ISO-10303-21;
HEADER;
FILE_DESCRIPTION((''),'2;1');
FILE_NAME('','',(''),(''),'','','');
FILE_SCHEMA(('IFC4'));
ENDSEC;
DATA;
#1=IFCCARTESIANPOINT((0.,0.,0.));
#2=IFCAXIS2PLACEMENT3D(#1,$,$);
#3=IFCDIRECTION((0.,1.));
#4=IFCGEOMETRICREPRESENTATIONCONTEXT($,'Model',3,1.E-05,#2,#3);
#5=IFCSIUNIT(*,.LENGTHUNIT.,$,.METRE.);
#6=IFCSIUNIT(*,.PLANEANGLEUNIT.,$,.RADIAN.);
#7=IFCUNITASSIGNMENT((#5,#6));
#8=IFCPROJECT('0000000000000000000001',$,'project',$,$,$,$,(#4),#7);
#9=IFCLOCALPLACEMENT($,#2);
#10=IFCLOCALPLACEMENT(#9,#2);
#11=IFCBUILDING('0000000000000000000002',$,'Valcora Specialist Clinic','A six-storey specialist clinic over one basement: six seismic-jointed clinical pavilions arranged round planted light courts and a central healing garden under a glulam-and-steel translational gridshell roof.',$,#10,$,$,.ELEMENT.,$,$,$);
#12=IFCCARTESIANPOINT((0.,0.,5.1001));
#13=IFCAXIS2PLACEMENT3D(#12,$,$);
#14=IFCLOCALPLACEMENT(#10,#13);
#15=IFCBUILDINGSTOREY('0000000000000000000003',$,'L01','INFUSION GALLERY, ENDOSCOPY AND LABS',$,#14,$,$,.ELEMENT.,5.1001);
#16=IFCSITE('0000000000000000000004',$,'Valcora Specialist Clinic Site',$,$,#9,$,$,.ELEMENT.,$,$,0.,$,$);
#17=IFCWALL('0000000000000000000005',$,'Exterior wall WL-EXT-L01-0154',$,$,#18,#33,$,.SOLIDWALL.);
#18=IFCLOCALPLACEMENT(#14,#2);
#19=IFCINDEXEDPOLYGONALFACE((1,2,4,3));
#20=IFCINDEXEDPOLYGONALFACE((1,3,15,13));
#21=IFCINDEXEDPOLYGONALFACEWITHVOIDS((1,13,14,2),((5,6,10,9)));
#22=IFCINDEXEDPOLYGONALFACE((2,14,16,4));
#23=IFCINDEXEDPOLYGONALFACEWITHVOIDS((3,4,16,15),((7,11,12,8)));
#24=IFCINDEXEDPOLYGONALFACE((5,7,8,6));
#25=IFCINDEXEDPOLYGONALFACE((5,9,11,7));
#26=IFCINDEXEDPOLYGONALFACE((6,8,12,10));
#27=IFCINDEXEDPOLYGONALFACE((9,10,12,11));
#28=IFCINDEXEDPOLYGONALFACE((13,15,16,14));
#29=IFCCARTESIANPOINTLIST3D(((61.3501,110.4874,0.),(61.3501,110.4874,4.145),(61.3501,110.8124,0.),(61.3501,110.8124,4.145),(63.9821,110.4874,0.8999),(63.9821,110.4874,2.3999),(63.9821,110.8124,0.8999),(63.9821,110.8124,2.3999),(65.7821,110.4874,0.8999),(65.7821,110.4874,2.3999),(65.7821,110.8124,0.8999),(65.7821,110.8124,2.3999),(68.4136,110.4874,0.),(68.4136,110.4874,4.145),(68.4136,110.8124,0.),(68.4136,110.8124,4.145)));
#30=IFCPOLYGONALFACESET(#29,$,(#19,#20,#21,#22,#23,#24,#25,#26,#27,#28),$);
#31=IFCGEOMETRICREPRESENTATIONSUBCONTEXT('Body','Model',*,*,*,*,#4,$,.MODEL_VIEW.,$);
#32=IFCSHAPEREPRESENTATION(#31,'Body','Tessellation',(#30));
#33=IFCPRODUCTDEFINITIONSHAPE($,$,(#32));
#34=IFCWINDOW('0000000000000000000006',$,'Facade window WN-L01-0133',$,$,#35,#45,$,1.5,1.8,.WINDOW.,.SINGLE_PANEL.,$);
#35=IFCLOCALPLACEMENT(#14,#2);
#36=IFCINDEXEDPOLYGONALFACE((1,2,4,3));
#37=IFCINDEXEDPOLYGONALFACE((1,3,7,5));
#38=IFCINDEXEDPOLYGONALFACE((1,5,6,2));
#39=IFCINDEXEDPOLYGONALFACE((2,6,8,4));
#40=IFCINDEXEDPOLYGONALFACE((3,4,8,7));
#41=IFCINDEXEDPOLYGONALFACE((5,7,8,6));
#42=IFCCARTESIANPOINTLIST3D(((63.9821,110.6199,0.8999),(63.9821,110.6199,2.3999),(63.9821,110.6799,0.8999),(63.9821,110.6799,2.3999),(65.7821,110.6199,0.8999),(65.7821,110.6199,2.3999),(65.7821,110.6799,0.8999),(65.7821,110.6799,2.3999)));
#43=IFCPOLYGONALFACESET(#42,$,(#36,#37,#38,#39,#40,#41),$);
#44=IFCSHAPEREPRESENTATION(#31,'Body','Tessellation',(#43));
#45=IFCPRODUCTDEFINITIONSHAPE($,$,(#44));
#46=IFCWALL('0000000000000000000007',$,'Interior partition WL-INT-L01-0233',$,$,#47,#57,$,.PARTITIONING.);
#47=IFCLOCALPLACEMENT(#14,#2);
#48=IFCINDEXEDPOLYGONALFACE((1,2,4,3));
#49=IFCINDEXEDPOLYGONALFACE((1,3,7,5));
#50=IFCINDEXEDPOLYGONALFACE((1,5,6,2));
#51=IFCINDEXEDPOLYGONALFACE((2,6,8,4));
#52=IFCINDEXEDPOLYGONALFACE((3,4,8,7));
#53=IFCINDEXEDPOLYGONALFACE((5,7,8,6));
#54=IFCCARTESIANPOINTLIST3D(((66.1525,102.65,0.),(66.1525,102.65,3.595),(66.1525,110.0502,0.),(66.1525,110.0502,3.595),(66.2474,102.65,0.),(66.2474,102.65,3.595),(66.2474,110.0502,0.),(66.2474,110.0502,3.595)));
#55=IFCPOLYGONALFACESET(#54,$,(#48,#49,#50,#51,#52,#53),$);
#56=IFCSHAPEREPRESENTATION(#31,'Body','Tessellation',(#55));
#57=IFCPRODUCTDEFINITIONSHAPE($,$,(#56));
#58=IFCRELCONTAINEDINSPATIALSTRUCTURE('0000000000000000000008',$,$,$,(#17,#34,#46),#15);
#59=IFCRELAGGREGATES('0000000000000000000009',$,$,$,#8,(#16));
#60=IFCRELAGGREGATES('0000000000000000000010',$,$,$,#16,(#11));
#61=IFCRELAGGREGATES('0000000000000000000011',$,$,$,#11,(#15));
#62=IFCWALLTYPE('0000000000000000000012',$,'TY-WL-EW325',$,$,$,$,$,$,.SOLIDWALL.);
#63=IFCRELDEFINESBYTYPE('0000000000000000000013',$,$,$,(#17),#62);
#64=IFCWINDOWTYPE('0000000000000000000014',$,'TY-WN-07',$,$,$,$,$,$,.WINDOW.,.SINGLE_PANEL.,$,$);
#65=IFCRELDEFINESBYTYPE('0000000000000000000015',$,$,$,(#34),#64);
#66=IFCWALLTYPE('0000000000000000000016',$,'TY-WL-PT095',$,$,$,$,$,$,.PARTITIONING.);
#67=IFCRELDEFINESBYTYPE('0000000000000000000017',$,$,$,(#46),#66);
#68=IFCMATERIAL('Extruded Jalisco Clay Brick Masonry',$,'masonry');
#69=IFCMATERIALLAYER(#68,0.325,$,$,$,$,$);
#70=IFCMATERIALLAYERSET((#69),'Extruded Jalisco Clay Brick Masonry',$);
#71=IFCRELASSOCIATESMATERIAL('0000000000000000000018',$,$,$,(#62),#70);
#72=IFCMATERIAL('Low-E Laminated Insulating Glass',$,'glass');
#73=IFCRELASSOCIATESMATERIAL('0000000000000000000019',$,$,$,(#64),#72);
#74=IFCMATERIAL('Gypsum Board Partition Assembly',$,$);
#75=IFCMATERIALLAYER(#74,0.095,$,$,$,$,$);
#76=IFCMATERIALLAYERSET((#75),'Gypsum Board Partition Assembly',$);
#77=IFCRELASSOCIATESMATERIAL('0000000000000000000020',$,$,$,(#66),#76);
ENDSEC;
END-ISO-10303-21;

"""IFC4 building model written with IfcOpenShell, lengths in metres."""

from ifc_helpers import new_model, si_unit, direction, frame, frame_2d, origin, place, context, subcontext, project, spatial, rectangle, extrude, material, layer, layer_set, type_object, element, fill, save


model = new_model("IFC4")

# Units and contexts
model_context = context("Model", 3, precision=1e-05, world=origin(), true_north=direction((0.0, 1.0)))
body_context = subcontext(model_context, "Body", "Model", "MODEL_VIEW")
ifc_project = project(units=[si_unit("LENGTHUNIT", "METRE"), si_unit("PLANEANGLEUNIT", "RADIAN")], contexts=[model_context])

# Site, building, storey
site_placement = place(None, origin())
site = spatial("IfcSite", under=ifc_project, at=site_placement, Name="Valcora Specialist Clinic Site", CompositionType="ELEMENT", RefElevation=0.0)
building_placement = place(site_placement, origin())
building = spatial("IfcBuilding", under=site, at=building_placement, Name="Valcora Specialist Clinic", Description="A six-storey specialist clinic over one basement: six seismic-jointed clinical pavilions arranged round planted light courts and a central healing garden under a glulam-and-steel translational gridshell roof.", CompositionType="ELEMENT")
storey_placement = place(building_placement, frame((0.0, 0.0, 5.1001)))
storey = spatial("IfcBuildingStorey", under=building, at=storey_placement, Name="L01", Description="INFUSION GALLERY, ENDOSCOPY AND LABS", CompositionType="ELEMENT", Elevation=5.1001)

# Wall, opening, window
ifc_material_1 = material(Name="Extruded Jalisco Clay Brick Masonry", Category="masonry")
ifc_material_2 = material(Name="Low-E Laminated Insulating Glass", Category="glass")
ifc_layer_1 = layer(ifc_material_1, 0.325)
ifc_layer_set_1 = layer_set([ifc_layer_1], Name="Extruded Jalisco Clay Brick Masonry")
wall_type_1 = type_object("IfcWallType", Name="TY-WL-EW325", PredefinedType="SOLIDWALL", material=ifc_layer_set_1)
wall_1_placement = place(storey_placement, frame((61.3501, 110.6499, 0.0), z_axis=(0.0, 0.0, 1.0), x_axis=(1.0, 0.0, 0.0)))
wall_1 = element("IfcWall", 1, at=wall_1_placement, inside=storey, type_object=wall_type_1, Name="Exterior wall WL-EXT-L01-0154", PredefinedType="SOLIDWALL", context=body_context, shape_type="SweptSolid", body=[
    extrude(rectangle(XDim=7.0635, YDim=0.325, at=frame_2d((3.5317, 0.0))), origin(), (0.0, 0.0, 1.0), 4.145),
])
opening_1_placement = place(wall_1_placement, frame((2.6321, 0.0, 0.8999)))
opening_1 = element("IfcOpeningElement", 2, at=opening_1_placement, cuts=wall_1, PredefinedType="OPENING", context=body_context, shape_type="SweptSolid", body=[
    extrude(rectangle(XDim=1.8, YDim=1.5, at=frame_2d((0.8999, 0.75))), frame((0.0, 0.1724, 0.0), z_axis=(0.0, -1.0, 0.0), x_axis=(1.0, 0.0, 0.0)), (0.0, 0.0, 1.0), 0.345),
])
window_type_1 = type_object("IfcWindowType", Name="TY-WN-07", PartitioningType="SINGLE_PANEL", PredefinedType="WINDOW", material=ifc_material_2)
window_1_placement = place(opening_1_placement, origin())
window_1 = element("IfcWindow", 3, at=window_1_placement, inside=storey, type_object=window_type_1, Name="Facade window WN-L01-0133", OverallHeight=1.5, OverallWidth=1.8, PartitioningType="SINGLE_PANEL", PredefinedType="WINDOW", context=body_context, shape_type="SweptSolid", body=[
    extrude(rectangle(XDim=1.8, YDim=1.5, at=frame_2d((0.8999, 0.75))), frame((0.0, 0.03, 0.0), z_axis=(0.0, -1.0, 0.0), x_axis=(1.0, 0.0, 0.0)), (0.0, 0.0, 1.0), 0.0601),
])
fill(opening_1, window_1)

# Wall
ifc_material_3 = material(Name="Gypsum Board Partition Assembly")
ifc_layer_2 = layer(ifc_material_3, 0.095)
ifc_layer_set_2 = layer_set([ifc_layer_2], Name="Gypsum Board Partition Assembly")
wall_type_2 = type_object("IfcWallType", Name="TY-WL-PT095", PredefinedType="PARTITIONING", material=ifc_layer_set_2)
wall_2_placement = place(storey_placement, frame((66.2, 102.6499, 0.0), z_axis=(0.0, 0.0, 1.0), x_axis=(0.0, 1.0, 0.0)))
element("IfcWall", 4, at=wall_2_placement, inside=storey, type_object=wall_type_2, Name="Interior partition WL-INT-L01-0233", PredefinedType="PARTITIONING", context=body_context, shape_type="SweptSolid", body=[
    extrude(rectangle(XDim=7.4001, YDim=0.095, at=frame_2d((3.7002, 0.0))), origin(), (0.0, 0.0, 1.0), 3.595),
])

save(model, "model.ifc")
